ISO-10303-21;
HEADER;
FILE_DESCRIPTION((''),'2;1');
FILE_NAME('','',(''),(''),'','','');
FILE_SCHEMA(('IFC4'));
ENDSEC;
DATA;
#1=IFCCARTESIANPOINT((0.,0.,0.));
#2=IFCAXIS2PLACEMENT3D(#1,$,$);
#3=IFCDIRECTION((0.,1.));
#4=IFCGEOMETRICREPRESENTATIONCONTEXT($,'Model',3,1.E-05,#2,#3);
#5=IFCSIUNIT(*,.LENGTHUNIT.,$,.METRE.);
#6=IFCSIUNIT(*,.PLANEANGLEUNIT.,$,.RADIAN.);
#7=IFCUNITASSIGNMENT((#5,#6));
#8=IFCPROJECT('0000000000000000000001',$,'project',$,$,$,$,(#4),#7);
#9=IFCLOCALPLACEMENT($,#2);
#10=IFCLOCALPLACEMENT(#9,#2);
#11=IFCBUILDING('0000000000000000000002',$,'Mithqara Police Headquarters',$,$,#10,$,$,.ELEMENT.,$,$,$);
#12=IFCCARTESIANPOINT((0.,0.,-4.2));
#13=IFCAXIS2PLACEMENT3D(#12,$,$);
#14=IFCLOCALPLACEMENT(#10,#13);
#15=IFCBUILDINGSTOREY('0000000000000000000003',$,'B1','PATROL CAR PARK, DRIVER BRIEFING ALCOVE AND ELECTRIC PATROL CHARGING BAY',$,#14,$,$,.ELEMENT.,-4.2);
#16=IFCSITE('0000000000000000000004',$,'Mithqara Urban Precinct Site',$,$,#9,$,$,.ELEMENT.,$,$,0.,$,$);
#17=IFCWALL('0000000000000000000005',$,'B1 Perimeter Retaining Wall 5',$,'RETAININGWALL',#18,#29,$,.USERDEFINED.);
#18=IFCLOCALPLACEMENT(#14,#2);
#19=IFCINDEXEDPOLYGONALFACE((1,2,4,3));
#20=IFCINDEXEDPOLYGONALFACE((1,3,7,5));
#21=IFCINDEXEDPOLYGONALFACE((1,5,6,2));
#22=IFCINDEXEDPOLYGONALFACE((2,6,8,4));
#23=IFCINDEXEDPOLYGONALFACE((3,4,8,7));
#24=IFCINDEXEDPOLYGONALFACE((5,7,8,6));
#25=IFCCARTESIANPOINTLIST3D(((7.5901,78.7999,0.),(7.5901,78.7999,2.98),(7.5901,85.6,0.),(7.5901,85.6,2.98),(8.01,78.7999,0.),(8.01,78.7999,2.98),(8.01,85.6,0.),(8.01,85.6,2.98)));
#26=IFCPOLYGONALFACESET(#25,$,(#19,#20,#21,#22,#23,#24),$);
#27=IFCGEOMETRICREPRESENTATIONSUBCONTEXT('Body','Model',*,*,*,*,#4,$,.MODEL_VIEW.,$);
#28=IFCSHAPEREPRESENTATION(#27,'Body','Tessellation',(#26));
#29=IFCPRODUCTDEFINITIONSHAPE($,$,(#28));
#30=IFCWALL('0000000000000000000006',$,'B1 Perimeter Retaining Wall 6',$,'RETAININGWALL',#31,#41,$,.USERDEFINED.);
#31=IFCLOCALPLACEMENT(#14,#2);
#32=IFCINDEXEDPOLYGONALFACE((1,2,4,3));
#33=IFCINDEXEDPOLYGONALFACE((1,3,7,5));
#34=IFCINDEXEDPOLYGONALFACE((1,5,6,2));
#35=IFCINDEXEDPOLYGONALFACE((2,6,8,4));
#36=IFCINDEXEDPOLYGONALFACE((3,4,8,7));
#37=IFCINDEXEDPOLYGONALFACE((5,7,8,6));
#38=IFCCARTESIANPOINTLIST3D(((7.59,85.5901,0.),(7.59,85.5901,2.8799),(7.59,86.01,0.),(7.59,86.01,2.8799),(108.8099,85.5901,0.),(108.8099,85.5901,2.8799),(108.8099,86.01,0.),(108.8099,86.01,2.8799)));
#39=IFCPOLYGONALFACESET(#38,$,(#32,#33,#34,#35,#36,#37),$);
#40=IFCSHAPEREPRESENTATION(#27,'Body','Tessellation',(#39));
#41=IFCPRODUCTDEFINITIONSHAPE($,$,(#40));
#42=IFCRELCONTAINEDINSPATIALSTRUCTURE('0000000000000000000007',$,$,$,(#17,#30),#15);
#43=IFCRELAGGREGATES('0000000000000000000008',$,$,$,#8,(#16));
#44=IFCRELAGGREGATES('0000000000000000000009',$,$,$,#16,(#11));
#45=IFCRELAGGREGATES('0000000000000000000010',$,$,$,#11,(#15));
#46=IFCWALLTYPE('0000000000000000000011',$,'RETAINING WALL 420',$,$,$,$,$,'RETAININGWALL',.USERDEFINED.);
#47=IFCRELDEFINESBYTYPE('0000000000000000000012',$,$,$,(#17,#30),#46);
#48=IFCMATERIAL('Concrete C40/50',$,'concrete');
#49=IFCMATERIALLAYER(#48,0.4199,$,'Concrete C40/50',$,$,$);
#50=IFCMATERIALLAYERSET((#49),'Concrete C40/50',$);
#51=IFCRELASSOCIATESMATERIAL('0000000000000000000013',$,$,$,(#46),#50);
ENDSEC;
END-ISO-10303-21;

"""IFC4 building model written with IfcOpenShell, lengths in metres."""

from ifc_helpers import new_model, si_unit, direction, frame, frame_2d, origin, place, context, subcontext, project, spatial, rectangle, extrude, material, layer, layer_set, type_object, element, save


model = new_model("IFC4")

# Units and contexts
model_context = context("Model", 3, precision=1e-05, world=origin(), true_north=direction((0.0, 1.0)))
body_context = subcontext(model_context, "Body", "Model", "MODEL_VIEW")
ifc_project = project(units=[si_unit("LENGTHUNIT", "METRE"), si_unit("PLANEANGLEUNIT", "RADIAN")], contexts=[model_context])

# Site, building, storey
site_placement = place(None, origin())
site = spatial("IfcSite", under=ifc_project, at=site_placement, Name="Mithqara Urban Precinct Site", CompositionType="ELEMENT", RefElevation=0.0)
building_placement = place(site_placement, origin())
building = spatial("IfcBuilding", under=site, at=building_placement, Name="Mithqara Police Headquarters", CompositionType="ELEMENT")
storey_placement = place(building_placement, frame((0.0, 0.0, -4.2)))
storey = spatial("IfcBuildingStorey", under=building, at=storey_placement, Name="B1", Description="PATROL CAR PARK, DRIVER BRIEFING ALCOVE AND ELECTRIC PATROL CHARGING BAY", CompositionType="ELEMENT", Elevation=-4.2)

# Shared definitions
ifc_material_1 = material(Name="Concrete C40/50", Category="concrete")

# Walls
ifc_layer = layer(ifc_material_1, 0.4199, Name="Concrete C40/50")
ifc_layer_set = layer_set([ifc_layer], Name="Concrete C40/50")
wall_type = type_object("IfcWallType", Name="RETAINING WALL 420", ElementType="RETAININGWALL", PredefinedType="USERDEFINED", material=ifc_layer_set)
wall_1_placement = place(storey_placement, frame((7.8, 78.8, 0.0), z_axis=(0.0, 0.0, 1.0), x_axis=(0.0, 1.0, 0.0)))
element("IfcWall", 1, at=wall_1_placement, inside=storey, type_object=wall_type, Name="B1 Perimeter Retaining Wall 5", ObjectType="RETAININGWALL", PredefinedType="USERDEFINED", context=body_context, shape_type="SweptSolid", body=[
    extrude(rectangle(XDim=6.8, YDim=0.4199, at=frame_2d((3.3999, 0.0))), origin(), (0.0, 0.0, 1.0), 2.98),
])
wall_2_placement = place(storey_placement, frame((7.5901, 85.8, 0.0), z_axis=(0.0, 0.0, 1.0), x_axis=(1.0, 0.0, 0.0)))
element("IfcWall", 2, at=wall_2_placement, inside=storey, type_object=wall_type, Name="B1 Perimeter Retaining Wall 6", ObjectType="RETAININGWALL", PredefinedType="USERDEFINED", context=body_context, shape_type="SweptSolid", body=[
    extrude(rectangle(XDim=101.22, YDim=0.4199, at=frame_2d((50.6099, 0.0))), origin(), (0.0, 0.0, 1.0), 2.8799),
])

save(model, "model.ifc")
